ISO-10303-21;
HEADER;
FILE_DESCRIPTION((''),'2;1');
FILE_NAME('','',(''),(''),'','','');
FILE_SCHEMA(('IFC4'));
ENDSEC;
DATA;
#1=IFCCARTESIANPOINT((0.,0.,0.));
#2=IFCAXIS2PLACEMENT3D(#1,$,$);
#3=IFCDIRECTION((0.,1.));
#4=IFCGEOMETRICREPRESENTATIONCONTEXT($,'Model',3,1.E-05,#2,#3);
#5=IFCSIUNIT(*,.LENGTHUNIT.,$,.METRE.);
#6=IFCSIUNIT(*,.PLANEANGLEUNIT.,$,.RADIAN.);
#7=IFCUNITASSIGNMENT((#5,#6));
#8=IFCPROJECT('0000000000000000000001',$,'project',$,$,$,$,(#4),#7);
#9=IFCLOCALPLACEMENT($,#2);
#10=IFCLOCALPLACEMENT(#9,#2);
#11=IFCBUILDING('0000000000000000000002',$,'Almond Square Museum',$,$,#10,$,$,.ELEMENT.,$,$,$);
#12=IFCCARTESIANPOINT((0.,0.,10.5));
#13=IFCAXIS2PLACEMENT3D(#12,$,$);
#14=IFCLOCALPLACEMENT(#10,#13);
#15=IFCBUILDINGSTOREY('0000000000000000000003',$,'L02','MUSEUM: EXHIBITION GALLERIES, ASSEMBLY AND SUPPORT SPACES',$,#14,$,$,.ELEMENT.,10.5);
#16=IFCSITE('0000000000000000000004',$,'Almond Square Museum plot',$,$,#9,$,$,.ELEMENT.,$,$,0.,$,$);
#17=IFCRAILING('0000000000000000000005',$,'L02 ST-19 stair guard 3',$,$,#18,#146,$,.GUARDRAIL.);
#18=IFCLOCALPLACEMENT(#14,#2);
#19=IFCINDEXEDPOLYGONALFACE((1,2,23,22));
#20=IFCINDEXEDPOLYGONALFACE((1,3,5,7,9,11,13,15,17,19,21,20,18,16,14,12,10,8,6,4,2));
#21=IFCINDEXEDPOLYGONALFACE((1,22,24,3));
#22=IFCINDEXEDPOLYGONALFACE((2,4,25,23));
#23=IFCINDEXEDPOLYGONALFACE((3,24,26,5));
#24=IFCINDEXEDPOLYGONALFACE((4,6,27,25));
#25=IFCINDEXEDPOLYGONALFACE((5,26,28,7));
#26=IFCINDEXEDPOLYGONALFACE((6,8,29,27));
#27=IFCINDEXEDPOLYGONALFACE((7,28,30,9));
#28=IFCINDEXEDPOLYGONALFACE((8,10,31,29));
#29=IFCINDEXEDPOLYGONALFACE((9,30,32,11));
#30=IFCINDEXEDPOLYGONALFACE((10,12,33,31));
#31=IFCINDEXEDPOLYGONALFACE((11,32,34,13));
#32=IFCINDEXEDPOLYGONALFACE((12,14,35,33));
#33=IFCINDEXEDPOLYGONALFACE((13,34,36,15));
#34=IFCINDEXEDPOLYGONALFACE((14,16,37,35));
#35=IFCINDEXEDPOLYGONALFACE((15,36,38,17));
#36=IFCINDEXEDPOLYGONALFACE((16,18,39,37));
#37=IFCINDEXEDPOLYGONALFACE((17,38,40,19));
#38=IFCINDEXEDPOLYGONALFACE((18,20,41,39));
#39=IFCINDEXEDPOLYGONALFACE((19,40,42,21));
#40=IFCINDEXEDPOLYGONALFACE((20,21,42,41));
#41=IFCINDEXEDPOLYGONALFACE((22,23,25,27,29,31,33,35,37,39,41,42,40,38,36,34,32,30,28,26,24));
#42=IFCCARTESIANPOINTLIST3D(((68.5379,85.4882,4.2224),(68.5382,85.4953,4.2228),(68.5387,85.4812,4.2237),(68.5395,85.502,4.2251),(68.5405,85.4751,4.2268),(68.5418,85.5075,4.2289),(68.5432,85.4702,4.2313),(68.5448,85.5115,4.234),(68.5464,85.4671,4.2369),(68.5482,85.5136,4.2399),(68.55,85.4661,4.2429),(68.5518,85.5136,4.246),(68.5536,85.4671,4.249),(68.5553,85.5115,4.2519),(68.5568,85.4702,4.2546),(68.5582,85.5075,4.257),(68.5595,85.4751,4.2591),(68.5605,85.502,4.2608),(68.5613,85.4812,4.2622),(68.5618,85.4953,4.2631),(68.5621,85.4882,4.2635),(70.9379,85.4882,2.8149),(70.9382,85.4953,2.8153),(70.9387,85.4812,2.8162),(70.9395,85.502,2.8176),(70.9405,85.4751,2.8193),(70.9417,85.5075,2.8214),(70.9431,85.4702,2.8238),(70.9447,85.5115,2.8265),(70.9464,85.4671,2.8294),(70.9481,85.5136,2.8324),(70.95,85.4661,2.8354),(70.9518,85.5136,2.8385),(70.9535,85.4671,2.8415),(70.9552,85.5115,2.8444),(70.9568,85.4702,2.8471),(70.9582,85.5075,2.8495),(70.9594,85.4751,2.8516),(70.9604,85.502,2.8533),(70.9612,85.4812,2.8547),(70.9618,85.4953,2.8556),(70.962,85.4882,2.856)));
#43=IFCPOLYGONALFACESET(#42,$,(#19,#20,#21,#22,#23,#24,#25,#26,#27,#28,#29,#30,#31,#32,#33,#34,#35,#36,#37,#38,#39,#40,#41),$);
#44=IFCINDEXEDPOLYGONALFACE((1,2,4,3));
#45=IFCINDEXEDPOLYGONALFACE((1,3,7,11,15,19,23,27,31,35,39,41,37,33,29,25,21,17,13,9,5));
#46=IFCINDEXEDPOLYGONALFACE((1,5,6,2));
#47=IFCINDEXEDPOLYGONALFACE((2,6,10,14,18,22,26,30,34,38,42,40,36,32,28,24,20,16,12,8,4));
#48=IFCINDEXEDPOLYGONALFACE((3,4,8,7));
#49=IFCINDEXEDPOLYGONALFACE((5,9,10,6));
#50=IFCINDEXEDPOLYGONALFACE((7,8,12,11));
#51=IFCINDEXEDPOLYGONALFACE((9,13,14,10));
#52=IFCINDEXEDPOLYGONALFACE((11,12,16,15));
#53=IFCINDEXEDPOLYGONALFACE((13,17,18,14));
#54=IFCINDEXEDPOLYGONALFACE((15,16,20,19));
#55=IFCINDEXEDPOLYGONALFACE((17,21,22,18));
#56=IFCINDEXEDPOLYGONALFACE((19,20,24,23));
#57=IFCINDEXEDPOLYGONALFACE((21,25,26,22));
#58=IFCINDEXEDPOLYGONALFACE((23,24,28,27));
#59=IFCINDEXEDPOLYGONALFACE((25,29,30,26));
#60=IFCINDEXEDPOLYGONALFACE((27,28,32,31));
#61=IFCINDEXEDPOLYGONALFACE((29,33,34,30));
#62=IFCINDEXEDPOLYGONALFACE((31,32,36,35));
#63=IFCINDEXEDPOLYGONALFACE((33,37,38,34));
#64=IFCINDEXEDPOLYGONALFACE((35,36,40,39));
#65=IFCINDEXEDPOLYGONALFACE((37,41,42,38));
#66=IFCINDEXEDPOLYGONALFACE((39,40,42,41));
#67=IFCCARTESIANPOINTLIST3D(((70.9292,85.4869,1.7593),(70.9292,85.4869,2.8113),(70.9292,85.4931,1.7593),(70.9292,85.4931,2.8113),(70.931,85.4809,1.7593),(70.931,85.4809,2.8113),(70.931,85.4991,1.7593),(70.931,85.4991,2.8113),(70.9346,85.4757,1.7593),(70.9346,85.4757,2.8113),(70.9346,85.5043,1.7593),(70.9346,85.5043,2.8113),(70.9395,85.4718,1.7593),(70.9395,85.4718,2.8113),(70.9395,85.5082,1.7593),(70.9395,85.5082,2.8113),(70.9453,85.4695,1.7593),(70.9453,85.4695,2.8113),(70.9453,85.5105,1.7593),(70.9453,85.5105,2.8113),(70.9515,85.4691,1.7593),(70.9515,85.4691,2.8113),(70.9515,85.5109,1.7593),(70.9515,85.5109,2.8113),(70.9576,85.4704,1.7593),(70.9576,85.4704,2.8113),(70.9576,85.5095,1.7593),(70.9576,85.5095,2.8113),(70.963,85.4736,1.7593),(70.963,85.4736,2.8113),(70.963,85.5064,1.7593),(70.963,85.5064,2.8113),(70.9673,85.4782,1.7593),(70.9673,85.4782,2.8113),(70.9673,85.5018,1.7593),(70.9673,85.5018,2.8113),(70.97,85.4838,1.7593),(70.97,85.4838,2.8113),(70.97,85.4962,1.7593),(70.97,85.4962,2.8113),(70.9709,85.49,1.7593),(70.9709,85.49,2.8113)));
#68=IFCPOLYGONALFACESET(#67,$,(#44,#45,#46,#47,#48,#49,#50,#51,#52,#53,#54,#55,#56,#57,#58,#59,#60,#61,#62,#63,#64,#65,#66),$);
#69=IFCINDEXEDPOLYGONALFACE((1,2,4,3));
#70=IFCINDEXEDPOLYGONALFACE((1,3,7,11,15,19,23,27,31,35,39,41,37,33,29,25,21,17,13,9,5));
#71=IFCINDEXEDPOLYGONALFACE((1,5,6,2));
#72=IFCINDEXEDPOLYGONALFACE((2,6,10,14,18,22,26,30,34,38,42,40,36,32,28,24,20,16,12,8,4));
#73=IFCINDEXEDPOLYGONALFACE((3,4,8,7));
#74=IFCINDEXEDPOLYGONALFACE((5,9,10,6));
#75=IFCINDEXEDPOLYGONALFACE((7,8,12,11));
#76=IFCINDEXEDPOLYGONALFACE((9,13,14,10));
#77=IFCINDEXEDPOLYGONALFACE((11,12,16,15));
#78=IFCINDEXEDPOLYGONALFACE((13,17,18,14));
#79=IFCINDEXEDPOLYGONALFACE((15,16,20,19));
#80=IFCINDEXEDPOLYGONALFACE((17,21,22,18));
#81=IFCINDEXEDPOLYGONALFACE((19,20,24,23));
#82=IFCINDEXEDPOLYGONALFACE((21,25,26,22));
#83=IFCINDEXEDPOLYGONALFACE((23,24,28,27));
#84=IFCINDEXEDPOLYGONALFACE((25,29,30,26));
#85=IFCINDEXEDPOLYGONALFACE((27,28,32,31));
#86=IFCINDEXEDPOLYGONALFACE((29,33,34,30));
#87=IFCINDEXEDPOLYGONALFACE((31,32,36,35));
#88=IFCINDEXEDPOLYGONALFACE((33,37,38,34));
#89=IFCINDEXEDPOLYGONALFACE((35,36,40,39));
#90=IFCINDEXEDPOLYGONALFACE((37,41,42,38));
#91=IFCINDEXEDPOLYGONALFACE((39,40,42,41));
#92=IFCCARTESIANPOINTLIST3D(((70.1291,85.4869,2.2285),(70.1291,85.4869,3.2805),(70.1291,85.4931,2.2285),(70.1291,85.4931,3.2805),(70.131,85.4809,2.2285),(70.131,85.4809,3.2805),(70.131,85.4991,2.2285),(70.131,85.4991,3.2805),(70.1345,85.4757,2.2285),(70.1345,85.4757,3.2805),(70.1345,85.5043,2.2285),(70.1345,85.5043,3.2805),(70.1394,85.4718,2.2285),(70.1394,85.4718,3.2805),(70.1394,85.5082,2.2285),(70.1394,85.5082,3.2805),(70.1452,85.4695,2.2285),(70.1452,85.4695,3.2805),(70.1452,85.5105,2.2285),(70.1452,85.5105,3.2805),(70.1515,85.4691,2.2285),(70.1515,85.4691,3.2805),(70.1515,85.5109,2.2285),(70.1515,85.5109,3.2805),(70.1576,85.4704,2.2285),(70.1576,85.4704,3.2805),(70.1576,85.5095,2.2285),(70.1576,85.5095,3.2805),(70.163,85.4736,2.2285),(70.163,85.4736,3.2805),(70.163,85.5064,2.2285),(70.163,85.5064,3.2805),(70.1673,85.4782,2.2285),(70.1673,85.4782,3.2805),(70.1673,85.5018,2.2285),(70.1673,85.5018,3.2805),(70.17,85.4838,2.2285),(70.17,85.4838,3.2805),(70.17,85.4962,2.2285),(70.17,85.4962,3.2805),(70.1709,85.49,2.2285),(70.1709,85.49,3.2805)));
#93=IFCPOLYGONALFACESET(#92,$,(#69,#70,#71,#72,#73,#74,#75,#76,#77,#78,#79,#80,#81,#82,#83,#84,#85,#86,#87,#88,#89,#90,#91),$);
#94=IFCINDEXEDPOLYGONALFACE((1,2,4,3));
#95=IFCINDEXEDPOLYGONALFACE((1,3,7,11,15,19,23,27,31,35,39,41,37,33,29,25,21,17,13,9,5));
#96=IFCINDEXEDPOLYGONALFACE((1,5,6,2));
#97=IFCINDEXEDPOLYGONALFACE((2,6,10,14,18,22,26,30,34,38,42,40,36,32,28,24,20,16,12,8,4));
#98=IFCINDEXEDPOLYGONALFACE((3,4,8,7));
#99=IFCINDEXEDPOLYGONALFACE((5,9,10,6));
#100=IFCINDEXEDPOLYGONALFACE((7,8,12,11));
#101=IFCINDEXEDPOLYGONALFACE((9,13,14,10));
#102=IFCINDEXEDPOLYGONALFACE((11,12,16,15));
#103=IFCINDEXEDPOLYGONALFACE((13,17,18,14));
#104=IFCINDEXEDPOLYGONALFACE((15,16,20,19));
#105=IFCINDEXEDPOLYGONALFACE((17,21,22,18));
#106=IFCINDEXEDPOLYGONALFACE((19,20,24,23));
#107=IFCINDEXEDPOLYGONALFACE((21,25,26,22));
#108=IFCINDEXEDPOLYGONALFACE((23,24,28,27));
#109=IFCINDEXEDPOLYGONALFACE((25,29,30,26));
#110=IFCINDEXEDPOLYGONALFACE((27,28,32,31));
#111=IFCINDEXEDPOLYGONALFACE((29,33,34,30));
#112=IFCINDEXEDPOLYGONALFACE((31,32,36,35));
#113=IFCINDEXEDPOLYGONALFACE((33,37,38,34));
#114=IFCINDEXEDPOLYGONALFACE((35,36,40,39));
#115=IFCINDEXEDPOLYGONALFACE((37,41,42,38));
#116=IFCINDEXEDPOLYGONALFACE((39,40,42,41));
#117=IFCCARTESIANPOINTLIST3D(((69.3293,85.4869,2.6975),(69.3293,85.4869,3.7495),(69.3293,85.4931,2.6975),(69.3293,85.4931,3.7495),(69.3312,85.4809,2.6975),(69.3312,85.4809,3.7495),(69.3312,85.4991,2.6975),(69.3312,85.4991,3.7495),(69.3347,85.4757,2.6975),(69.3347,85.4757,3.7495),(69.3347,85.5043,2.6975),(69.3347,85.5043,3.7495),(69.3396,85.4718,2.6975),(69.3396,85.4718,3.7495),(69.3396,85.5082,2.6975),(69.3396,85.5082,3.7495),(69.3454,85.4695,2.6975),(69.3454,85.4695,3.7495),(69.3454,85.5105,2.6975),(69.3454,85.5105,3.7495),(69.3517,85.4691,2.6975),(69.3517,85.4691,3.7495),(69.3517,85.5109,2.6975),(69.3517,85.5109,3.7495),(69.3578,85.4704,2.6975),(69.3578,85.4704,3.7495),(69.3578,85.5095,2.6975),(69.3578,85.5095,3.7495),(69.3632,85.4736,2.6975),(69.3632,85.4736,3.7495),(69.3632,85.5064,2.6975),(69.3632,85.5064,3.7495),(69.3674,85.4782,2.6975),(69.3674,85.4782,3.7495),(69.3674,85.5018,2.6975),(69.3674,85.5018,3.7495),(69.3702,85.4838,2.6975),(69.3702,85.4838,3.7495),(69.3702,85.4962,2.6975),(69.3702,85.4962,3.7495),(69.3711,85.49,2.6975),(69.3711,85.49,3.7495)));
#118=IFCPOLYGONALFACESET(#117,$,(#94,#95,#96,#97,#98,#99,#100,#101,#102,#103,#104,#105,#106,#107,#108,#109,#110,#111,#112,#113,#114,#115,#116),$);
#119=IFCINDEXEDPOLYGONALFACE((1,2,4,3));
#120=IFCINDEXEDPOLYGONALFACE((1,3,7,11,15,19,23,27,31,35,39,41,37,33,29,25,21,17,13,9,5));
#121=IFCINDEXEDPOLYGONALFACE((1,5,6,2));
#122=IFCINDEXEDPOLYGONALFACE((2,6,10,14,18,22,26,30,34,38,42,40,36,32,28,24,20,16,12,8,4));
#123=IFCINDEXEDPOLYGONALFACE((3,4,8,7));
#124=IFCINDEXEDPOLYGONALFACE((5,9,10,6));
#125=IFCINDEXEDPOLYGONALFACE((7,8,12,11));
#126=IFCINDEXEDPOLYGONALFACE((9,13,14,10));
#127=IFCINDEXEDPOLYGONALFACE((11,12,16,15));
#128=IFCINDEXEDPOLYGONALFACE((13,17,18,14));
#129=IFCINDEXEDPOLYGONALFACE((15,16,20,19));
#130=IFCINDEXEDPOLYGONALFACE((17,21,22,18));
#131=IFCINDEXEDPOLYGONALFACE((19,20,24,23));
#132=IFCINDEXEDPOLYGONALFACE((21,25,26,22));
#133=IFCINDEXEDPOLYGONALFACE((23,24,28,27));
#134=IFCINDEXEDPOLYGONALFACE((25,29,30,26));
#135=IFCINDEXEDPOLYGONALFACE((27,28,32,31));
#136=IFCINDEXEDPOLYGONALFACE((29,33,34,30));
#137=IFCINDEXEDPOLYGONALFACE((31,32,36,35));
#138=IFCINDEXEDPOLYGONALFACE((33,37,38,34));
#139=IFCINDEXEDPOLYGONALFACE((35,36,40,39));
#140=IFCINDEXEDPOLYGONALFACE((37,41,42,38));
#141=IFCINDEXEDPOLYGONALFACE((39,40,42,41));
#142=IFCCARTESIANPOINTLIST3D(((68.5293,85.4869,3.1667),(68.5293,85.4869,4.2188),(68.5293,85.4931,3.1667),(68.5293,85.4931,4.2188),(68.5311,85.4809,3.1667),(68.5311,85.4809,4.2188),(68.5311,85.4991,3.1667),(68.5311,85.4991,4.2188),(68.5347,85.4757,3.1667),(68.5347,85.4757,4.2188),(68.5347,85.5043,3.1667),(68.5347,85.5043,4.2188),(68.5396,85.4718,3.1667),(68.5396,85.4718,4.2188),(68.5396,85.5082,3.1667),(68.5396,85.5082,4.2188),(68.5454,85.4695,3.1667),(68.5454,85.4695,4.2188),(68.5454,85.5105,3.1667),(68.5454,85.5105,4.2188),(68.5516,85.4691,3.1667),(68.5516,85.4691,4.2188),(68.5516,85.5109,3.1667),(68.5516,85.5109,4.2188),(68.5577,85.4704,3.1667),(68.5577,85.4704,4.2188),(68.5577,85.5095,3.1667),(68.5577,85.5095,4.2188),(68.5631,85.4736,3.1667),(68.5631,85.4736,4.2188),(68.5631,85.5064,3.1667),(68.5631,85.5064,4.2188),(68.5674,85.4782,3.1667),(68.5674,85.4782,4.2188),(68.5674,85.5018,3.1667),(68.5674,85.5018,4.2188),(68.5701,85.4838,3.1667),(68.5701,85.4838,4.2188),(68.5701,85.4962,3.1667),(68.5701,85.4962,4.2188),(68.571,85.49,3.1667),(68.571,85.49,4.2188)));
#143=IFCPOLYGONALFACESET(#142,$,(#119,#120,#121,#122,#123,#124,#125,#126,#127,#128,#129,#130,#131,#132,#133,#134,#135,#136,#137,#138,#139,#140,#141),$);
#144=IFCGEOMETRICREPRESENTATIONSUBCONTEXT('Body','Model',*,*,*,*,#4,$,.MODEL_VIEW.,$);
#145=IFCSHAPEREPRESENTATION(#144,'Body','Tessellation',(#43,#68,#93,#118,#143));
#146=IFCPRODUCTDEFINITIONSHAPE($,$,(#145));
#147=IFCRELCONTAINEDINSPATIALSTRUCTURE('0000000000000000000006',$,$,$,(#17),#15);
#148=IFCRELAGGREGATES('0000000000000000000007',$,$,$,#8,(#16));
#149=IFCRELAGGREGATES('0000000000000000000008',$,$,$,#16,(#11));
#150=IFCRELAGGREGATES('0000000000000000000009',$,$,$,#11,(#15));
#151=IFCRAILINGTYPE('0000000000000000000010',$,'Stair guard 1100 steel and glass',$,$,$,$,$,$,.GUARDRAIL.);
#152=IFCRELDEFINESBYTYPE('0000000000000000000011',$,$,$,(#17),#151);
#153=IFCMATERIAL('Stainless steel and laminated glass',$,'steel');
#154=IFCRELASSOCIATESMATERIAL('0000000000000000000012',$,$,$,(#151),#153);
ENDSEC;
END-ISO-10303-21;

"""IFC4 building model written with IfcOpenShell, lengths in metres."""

from ifc_helpers import new_model, si_unit, direction, frame, origin, origin_2d, place, context, subcontext, project, spatial, circle, extrude, material, type_object, element, save


model = new_model("IFC4")

# Units and contexts
model_context = context("Model", 3, precision=1e-05, world=origin(), true_north=direction((0.0, 1.0)))
body_context = subcontext(model_context, "Body", "Model", "MODEL_VIEW")
ifc_project = project(units=[si_unit("LENGTHUNIT", "METRE"), si_unit("PLANEANGLEUNIT", "RADIAN")], contexts=[model_context])

# Site, building, storey
site_placement = place(None, origin())
site = spatial("IfcSite", under=ifc_project, at=site_placement, Name="Almond Square Museum plot", CompositionType="ELEMENT", RefElevation=0.0)
building_placement = place(site_placement, origin())
building = spatial("IfcBuilding", under=site, at=building_placement, Name="Almond Square Museum", CompositionType="ELEMENT")
storey_placement = place(building_placement, frame((0.0, 0.0, 10.5)))
storey = spatial("IfcBuildingStorey", under=building, at=storey_placement, Name="L02", Description="MUSEUM: EXHIBITION GALLERIES, ASSEMBLY AND SUPPORT SPACES", CompositionType="ELEMENT", Elevation=10.5)

# Railing
ifc_material_1 = material(Name="Stainless steel and laminated glass", Category="steel")
railing_type_1 = type_object("IfcRailingType", Name="Stair guard 1100 steel and glass", PredefinedType="GUARDRAIL", material=ifc_material_1)
railing_1_placement = place(storey_placement, frame((70.95, 85.49, 1.7593)))
element("IfcRailing", 1, at=railing_1_placement, inside=storey, type_object=railing_type_1, Name="L02 ST-19 stair guard 3", PredefinedType="GUARDRAIL", context=body_context, shape_type="SweptSolid", body=[
    extrude(circle(Radius=0.0239, at=origin_2d()), frame((0.0, 0.0, 1.0762), z_axis=(-0.862599, 0.0, 0.505888), x_axis=(0.0, -1.0, 0.0)), (0.0, 0.0, 1.0), 2.7822),
    extrude(circle(Radius=0.021, at=origin_2d()), origin(), (0.0, 0.0, 1.0), 1.052),
    extrude(circle(Radius=0.021, at=origin_2d()), frame((-0.8, 0.0, 0.4692)), (0.0, 0.0, 1.0), 1.052),
    extrude(circle(Radius=0.021, at=origin_2d()), frame((-1.5999, 0.0, 0.9382)), (0.0, 0.0, 1.0), 1.052),
    extrude(circle(Radius=0.021, at=origin_2d()), frame((-2.3999, 0.0, 1.4075)), (0.0, 0.0, 1.0), 1.052),
])

save(model, "model.ifc")
